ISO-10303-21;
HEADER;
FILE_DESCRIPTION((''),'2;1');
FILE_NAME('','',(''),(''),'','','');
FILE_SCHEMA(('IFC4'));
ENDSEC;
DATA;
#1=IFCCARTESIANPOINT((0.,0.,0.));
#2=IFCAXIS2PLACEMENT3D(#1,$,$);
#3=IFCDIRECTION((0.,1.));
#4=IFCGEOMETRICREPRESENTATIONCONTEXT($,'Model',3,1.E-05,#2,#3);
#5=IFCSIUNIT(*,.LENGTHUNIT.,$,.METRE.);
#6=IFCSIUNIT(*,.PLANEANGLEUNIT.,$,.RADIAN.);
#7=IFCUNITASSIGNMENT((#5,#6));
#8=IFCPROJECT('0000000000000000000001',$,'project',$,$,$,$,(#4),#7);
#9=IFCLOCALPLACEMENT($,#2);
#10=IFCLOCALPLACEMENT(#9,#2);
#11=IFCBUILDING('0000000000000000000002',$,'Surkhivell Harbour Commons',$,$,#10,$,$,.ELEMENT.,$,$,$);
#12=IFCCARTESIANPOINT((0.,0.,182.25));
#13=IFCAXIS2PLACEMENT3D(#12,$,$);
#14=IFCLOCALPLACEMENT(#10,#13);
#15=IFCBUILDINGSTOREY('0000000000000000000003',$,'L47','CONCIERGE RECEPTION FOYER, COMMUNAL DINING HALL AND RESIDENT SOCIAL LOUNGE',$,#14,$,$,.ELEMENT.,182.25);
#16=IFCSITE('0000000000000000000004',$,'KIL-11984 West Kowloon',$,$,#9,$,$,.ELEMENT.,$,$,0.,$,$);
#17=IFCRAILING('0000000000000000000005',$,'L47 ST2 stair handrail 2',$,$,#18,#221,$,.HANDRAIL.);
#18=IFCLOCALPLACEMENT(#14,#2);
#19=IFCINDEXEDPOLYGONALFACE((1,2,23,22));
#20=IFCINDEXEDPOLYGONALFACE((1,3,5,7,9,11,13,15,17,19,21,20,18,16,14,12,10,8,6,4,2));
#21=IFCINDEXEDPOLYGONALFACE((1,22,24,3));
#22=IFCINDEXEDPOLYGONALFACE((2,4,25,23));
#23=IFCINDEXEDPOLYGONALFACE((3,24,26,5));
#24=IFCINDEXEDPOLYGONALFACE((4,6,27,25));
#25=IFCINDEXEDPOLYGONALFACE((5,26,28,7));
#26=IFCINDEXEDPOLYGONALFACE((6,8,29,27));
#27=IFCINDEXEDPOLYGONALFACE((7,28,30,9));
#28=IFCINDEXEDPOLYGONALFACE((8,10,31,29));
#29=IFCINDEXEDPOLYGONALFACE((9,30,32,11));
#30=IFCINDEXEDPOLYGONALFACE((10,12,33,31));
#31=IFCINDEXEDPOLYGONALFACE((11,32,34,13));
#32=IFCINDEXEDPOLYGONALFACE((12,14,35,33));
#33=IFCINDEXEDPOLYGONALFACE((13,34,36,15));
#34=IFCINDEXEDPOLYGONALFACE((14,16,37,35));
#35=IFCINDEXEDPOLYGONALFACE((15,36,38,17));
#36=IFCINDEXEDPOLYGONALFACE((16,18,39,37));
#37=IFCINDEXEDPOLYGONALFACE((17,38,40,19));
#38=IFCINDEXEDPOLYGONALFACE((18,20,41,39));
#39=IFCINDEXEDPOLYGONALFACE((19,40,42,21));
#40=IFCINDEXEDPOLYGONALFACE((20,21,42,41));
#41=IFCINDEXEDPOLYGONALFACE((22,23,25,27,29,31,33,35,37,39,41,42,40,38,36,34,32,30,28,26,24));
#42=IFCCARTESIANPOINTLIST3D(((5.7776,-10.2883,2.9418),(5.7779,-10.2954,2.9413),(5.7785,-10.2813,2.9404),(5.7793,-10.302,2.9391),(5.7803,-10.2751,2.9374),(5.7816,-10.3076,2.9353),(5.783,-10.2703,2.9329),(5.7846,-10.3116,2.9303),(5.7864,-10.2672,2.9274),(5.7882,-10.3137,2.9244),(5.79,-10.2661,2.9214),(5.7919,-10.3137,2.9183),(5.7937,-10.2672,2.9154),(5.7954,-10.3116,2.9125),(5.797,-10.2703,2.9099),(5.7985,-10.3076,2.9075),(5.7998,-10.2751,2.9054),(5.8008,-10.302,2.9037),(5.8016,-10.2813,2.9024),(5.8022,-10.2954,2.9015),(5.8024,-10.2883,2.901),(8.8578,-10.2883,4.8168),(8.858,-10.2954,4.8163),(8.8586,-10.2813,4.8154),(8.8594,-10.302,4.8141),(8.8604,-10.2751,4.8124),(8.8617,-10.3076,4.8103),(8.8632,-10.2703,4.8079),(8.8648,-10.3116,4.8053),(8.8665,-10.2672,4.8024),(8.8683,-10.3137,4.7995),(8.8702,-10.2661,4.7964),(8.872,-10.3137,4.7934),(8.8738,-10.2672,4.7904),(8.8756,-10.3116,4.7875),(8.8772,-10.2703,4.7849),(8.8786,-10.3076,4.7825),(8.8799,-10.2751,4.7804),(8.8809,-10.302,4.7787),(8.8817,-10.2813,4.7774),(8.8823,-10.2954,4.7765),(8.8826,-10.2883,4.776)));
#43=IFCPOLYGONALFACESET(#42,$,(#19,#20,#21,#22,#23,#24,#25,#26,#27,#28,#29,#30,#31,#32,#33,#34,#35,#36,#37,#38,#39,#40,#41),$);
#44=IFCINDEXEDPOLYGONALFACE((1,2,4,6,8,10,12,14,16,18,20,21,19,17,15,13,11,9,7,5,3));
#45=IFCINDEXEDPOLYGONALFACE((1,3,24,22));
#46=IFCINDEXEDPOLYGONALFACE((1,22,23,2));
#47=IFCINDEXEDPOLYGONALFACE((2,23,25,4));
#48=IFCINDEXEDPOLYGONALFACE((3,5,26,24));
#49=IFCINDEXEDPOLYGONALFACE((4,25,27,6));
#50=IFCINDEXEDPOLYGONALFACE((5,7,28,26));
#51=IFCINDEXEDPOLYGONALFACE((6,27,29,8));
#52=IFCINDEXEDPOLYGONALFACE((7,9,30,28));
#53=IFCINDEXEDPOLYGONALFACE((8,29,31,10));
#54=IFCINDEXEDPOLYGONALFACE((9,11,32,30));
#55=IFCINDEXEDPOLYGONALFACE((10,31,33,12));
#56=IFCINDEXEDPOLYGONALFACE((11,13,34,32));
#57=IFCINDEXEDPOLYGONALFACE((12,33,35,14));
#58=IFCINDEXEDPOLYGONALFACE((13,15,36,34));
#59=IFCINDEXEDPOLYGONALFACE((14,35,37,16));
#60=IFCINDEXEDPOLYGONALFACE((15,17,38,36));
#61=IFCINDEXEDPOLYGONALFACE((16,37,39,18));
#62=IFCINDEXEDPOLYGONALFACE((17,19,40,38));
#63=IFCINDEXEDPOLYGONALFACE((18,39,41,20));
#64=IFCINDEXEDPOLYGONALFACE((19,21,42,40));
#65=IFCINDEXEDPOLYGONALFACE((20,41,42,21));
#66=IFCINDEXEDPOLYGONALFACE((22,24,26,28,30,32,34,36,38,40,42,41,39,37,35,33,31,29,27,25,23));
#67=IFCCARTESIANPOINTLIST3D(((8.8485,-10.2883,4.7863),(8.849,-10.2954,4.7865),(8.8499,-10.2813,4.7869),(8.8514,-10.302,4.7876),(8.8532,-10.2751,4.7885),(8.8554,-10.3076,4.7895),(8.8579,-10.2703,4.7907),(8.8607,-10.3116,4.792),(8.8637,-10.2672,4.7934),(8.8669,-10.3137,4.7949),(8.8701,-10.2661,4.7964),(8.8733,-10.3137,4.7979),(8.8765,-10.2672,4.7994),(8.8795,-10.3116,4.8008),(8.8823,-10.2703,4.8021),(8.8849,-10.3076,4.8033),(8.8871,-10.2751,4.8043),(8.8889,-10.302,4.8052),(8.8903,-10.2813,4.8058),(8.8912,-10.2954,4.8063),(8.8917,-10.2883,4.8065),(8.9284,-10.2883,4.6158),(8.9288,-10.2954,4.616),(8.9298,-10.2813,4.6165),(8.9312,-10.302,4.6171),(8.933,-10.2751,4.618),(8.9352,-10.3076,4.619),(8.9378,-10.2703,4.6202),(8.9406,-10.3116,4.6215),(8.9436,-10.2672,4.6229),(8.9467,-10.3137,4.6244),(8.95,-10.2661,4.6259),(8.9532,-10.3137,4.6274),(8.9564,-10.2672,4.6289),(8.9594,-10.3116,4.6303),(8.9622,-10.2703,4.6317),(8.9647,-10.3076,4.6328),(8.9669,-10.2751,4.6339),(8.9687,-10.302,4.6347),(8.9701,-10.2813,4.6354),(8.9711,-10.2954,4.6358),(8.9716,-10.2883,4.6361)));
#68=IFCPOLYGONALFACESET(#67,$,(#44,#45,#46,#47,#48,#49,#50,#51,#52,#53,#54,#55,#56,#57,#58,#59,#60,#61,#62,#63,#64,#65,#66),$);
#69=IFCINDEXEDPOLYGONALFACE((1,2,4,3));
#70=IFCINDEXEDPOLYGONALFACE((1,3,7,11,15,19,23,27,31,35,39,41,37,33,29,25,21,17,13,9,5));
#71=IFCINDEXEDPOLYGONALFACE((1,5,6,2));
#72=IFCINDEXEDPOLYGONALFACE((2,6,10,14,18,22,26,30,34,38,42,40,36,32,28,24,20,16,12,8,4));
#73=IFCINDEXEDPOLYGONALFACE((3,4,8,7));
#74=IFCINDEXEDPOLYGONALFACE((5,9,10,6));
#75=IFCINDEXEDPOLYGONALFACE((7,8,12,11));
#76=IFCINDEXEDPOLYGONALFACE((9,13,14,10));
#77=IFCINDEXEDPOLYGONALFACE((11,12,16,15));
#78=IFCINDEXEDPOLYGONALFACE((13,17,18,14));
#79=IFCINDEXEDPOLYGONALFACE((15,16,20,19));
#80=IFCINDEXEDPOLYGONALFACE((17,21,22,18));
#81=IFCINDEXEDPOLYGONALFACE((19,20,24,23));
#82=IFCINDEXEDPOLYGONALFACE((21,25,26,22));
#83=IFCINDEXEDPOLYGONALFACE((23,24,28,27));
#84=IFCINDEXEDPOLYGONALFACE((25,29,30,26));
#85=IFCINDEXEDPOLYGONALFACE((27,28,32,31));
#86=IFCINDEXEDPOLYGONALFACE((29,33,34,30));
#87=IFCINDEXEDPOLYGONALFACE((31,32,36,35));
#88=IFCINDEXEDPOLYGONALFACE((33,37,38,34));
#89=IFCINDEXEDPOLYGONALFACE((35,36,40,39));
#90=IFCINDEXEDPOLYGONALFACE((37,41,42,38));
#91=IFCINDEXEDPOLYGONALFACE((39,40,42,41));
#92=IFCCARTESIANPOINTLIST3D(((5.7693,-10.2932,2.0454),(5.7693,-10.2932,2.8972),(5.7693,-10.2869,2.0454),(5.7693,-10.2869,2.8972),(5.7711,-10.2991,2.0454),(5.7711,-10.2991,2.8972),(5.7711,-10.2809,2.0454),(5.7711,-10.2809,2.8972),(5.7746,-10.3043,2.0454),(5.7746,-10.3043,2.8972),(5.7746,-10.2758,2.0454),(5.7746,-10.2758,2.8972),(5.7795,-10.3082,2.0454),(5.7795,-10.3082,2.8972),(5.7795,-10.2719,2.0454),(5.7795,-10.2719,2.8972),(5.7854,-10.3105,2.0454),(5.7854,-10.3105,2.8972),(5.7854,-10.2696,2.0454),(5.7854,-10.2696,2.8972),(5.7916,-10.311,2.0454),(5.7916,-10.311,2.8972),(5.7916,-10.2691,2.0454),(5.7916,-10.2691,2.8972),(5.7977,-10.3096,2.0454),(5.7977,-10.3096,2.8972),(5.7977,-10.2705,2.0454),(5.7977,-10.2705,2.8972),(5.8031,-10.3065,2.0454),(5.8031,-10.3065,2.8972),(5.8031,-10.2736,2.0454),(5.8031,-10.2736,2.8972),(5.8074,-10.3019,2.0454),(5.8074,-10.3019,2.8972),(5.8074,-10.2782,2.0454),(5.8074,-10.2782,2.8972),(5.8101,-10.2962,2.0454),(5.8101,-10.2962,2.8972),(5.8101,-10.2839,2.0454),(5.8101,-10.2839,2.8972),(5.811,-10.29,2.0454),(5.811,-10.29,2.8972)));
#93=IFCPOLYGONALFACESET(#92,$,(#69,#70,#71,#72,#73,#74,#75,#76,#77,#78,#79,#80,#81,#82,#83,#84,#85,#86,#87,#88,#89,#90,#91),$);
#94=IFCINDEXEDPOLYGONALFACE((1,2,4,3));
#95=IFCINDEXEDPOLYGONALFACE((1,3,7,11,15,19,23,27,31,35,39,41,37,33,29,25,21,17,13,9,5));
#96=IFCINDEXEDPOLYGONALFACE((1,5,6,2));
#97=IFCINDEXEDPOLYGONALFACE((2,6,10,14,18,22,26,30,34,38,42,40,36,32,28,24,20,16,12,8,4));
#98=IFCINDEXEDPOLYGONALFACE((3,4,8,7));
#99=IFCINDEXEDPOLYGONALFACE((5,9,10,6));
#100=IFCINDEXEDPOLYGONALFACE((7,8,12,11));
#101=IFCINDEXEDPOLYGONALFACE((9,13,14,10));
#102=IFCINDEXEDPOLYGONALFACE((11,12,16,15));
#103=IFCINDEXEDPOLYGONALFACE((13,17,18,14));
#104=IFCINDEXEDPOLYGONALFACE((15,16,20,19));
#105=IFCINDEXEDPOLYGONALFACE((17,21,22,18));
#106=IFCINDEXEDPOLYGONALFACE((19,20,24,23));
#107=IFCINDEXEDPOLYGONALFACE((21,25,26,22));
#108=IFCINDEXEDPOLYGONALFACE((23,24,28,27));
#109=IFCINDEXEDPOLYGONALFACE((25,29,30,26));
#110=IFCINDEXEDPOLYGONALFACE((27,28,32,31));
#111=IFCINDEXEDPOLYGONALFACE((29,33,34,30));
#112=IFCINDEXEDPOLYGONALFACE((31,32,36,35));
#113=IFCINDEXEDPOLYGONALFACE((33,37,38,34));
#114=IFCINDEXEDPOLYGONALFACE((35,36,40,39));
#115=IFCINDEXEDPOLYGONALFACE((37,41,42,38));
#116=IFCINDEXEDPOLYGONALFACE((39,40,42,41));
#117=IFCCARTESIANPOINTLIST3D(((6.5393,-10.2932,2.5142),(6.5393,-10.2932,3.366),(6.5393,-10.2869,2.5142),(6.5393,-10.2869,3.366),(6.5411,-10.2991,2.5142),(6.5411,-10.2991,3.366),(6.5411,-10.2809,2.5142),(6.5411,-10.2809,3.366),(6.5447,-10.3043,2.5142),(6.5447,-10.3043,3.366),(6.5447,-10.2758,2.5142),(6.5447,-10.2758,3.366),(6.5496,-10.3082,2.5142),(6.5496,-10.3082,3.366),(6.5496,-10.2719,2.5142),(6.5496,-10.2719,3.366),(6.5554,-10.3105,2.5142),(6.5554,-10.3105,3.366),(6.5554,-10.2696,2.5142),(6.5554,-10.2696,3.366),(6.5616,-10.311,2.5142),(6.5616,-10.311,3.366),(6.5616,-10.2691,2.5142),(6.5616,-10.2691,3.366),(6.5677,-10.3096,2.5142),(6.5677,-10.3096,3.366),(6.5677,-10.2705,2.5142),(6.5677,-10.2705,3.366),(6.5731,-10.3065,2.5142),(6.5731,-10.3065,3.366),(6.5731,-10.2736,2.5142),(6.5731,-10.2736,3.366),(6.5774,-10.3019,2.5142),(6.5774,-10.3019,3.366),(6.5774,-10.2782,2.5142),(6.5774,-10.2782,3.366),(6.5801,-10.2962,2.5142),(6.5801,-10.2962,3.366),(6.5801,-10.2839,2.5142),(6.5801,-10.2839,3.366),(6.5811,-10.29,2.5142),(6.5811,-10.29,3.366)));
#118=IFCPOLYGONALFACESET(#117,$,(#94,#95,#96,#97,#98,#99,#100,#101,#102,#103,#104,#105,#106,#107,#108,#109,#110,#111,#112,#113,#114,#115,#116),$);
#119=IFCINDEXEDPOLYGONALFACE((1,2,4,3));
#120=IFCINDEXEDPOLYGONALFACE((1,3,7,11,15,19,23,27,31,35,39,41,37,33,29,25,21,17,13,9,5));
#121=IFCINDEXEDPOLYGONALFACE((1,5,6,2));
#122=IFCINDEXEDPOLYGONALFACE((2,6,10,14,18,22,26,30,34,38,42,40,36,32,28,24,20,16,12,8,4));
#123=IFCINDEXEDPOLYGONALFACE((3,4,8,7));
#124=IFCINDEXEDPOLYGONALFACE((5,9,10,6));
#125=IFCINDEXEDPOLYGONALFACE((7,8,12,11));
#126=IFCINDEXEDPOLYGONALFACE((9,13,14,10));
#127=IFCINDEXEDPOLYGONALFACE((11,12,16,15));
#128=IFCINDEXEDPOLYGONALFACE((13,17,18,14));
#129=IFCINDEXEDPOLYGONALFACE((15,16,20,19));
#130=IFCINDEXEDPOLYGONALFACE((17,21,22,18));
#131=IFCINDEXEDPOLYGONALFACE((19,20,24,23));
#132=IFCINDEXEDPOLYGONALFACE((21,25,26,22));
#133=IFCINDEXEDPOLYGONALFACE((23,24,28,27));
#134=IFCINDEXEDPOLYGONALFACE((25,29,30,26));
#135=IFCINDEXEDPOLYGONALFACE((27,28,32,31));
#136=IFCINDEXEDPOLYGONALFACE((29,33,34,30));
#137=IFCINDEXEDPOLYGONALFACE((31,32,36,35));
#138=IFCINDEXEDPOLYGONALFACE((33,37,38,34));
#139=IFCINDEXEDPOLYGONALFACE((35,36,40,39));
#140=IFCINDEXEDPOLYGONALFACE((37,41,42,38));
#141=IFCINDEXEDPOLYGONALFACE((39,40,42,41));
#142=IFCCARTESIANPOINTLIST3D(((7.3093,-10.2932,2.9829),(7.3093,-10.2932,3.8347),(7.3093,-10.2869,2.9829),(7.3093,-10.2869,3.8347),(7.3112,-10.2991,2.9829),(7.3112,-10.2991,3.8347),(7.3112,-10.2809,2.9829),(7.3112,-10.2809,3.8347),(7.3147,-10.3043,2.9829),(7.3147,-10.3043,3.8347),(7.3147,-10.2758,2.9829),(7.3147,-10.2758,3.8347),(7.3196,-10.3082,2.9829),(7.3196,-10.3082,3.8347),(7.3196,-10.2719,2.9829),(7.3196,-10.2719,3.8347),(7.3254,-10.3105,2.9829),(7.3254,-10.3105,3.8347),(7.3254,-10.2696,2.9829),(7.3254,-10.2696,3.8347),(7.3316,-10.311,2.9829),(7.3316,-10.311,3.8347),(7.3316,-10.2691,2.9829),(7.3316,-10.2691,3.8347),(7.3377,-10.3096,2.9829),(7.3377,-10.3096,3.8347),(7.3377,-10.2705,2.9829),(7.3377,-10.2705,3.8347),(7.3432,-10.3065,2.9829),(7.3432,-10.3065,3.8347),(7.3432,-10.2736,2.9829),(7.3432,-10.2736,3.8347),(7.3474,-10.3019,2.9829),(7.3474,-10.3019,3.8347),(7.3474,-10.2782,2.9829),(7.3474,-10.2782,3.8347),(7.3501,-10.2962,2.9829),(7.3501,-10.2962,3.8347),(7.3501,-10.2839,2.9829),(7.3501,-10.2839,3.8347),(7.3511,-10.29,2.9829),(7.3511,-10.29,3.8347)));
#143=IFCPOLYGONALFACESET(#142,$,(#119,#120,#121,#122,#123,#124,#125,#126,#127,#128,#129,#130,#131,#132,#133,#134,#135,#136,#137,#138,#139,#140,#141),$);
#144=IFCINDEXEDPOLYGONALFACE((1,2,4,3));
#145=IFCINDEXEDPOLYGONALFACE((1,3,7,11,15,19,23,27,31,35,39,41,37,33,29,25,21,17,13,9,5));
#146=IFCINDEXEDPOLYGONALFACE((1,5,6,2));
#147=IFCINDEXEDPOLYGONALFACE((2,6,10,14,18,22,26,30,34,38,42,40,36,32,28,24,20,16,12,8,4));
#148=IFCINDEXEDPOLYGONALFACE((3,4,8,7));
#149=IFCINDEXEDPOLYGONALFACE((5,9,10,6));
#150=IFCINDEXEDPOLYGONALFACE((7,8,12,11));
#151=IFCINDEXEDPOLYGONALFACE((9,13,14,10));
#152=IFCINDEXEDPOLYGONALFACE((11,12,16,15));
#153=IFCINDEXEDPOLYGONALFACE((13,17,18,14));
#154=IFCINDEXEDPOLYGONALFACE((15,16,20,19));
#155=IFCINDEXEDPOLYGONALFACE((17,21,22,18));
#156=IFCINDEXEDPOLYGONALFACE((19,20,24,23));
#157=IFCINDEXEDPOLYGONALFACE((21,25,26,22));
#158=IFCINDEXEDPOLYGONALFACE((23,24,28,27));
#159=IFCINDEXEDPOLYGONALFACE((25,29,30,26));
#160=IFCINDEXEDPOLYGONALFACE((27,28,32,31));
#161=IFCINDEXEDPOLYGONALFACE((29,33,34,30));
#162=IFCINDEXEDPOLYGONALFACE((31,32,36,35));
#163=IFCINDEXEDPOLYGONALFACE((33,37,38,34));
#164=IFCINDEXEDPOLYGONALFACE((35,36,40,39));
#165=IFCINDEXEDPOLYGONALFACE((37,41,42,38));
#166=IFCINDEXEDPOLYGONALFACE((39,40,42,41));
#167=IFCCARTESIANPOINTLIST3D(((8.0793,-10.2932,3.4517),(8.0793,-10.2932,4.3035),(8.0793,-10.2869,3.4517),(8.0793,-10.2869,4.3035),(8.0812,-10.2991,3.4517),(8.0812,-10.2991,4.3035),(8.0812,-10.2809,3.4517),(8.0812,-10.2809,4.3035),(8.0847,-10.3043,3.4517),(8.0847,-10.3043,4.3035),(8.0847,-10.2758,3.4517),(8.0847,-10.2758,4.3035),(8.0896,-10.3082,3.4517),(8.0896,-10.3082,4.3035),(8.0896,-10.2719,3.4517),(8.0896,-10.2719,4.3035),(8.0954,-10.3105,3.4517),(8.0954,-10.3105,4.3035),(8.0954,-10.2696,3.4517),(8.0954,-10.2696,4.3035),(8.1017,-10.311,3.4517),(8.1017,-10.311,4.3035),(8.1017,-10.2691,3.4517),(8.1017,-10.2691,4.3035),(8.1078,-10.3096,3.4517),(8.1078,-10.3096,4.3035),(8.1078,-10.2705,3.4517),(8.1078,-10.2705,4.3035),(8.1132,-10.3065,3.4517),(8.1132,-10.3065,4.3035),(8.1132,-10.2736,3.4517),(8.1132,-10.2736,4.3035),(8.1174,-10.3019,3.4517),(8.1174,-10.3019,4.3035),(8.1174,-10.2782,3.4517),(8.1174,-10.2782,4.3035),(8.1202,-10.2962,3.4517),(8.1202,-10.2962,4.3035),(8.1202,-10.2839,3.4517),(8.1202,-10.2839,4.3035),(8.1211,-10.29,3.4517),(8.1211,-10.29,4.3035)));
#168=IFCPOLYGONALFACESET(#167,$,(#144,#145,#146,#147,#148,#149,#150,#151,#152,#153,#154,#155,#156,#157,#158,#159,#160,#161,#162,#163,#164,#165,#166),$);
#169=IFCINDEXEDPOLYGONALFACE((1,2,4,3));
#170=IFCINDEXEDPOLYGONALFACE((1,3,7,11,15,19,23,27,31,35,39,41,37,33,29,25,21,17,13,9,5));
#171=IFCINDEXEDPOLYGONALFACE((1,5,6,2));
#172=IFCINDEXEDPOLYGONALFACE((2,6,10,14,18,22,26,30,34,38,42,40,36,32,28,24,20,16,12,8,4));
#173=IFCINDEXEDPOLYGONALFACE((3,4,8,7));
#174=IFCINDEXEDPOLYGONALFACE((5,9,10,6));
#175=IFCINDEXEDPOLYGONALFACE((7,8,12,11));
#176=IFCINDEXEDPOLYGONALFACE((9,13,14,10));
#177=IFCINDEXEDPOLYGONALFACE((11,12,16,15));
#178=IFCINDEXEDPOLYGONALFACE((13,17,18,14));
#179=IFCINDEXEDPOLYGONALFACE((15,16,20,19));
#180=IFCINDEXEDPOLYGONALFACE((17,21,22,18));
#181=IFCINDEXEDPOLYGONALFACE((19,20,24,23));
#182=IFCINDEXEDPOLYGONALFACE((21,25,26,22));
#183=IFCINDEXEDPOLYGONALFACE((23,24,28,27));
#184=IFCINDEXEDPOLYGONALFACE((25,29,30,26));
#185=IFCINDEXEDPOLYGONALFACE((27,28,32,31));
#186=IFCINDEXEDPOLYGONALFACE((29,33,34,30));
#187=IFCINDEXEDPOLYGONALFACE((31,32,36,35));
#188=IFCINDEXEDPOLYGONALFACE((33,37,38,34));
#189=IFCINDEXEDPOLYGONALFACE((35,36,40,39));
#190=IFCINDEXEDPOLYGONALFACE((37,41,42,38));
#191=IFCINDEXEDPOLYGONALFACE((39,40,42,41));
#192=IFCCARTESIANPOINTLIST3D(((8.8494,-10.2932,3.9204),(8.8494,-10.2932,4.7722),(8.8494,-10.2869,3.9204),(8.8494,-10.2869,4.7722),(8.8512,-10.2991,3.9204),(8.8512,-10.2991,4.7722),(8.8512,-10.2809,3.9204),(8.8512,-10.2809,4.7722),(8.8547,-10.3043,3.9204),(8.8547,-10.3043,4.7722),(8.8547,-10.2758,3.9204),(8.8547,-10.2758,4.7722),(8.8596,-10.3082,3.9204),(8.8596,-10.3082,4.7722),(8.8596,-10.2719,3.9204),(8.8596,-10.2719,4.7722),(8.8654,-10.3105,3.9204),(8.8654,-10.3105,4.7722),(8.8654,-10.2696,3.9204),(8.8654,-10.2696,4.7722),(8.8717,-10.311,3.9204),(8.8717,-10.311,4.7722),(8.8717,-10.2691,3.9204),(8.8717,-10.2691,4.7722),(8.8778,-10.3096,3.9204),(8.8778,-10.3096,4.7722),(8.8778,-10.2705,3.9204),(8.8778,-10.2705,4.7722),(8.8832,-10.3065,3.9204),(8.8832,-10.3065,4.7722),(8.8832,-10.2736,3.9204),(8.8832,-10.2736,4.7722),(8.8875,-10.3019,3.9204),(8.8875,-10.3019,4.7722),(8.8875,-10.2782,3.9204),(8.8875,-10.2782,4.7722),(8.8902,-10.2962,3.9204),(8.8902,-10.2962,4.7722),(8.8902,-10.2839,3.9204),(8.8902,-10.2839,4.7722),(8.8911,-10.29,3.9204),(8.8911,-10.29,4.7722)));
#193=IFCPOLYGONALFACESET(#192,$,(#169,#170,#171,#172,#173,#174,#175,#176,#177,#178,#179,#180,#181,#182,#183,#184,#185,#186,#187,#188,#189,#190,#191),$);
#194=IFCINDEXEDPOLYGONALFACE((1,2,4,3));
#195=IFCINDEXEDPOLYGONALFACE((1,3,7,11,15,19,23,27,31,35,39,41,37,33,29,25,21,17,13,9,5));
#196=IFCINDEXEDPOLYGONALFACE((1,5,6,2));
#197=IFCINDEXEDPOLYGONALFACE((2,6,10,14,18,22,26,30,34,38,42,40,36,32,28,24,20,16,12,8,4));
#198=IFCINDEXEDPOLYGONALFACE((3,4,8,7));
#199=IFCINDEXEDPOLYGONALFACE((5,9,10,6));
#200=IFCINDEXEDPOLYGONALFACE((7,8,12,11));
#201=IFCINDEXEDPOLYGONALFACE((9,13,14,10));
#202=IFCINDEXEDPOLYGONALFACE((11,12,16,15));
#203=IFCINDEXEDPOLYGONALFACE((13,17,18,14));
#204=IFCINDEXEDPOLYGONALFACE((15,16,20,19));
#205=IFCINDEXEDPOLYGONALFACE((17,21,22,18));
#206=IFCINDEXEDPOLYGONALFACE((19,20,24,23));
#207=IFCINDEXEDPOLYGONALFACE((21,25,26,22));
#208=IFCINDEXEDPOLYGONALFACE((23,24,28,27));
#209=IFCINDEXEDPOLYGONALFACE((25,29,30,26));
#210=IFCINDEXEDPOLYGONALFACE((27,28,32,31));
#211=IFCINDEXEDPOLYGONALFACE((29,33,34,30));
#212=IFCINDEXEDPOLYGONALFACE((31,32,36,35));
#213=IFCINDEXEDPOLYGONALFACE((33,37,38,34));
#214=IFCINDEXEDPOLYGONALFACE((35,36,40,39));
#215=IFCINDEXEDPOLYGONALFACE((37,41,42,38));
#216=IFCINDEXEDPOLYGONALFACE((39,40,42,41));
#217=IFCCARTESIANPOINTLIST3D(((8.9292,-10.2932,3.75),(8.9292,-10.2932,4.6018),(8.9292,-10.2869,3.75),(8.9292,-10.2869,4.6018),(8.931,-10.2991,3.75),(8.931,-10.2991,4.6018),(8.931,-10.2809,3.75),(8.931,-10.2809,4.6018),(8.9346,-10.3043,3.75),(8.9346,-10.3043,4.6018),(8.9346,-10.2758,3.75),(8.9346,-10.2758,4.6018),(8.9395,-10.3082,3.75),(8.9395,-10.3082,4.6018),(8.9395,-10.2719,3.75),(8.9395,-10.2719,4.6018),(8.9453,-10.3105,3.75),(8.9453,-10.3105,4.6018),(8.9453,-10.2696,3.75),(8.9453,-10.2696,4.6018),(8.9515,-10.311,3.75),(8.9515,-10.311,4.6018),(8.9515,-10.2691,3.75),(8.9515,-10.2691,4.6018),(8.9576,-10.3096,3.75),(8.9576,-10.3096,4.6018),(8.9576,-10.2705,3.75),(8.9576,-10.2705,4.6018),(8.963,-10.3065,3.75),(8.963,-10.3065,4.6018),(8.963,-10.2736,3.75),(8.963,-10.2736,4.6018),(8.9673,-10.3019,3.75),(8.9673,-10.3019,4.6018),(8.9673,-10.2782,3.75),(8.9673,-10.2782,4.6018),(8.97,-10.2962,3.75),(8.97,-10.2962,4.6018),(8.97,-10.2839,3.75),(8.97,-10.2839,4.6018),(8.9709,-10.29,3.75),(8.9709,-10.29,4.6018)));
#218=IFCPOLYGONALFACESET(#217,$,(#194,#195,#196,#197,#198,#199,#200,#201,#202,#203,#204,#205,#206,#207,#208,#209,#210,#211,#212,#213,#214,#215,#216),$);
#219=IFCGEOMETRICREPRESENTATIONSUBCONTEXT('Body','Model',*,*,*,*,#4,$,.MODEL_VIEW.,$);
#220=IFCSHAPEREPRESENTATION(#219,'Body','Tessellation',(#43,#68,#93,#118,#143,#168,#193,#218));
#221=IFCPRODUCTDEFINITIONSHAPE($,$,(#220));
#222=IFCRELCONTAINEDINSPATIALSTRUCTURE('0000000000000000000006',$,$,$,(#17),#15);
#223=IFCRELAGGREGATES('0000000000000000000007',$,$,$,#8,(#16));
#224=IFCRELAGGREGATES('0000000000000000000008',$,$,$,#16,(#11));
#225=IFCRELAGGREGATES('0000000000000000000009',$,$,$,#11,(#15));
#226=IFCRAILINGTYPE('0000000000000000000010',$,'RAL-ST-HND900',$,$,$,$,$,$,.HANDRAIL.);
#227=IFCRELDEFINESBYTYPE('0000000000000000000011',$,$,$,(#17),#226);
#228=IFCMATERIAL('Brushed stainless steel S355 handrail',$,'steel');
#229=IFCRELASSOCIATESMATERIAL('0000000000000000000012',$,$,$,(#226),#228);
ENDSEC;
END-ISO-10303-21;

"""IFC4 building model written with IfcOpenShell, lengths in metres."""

from ifc_helpers import new_model, si_unit, direction, frame, origin, origin_2d, place, context, subcontext, project, spatial, circle, extrude, material, type_object, element, save


model = new_model("IFC4")

# Units and contexts
model_context = context("Model", 3, precision=1e-05, world=origin(), true_north=direction((0.0, 1.0)))
body_context = subcontext(model_context, "Body", "Model", "MODEL_VIEW")
ifc_project = project(units=[si_unit("LENGTHUNIT", "METRE"), si_unit("PLANEANGLEUNIT", "RADIAN")], contexts=[model_context])

# Site, building, storey
site_placement = place(None, origin())
site = spatial("IfcSite", under=ifc_project, at=site_placement, Name="KIL-11984 West Kowloon", CompositionType="ELEMENT", RefElevation=0.0)
building_placement = place(site_placement, origin())
building = spatial("IfcBuilding", under=site, at=building_placement, Name="Surkhivell Harbour Commons", CompositionType="ELEMENT")
storey_placement = place(building_placement, frame((0.0, 0.0, 182.25)))
storey = spatial("IfcBuildingStorey", under=building, at=storey_placement, Name="L47", Description="CONCIERGE RECEPTION FOYER, COMMUNAL DINING HALL AND RESIDENT SOCIAL LOUNGE", CompositionType="ELEMENT", Elevation=182.25)

# Railing
ifc_material_1 = material(Name="Brushed stainless steel S355 handrail", Category="steel")
railing_type_1 = type_object("IfcRailingType", Name="RAL-ST-HND900", PredefinedType="HANDRAIL", material=ifc_material_1)
railing_1_placement = place(storey_placement, frame((5.79, -10.29, 2.0454)))
element("IfcRailing", 1, at=railing_1_placement, inside=storey, type_object=railing_type_1, Name="L47 ST2 stair handrail 2", PredefinedType="HANDRAIL", context=body_context, shape_type="SweptSolid", body=[
    extrude(circle(Radius=0.0239, at=origin_2d()), frame((0.0, 0.0, 0.876), z_axis=(0.854178, 0.0, 0.519981), x_axis=(0.0, 1.0, 0.0)), (0.0, 0.0, 1.0), 3.606),
    extrude(circle(Radius=0.0239, at=origin_2d()), frame((3.0801, 0.0, 2.751), z_axis=(0.424234, 0.0, -0.905552), x_axis=(0.0, 1.0, 0.0)), (0.0, 0.0, 1.0), 0.1882),
    extrude(circle(Radius=0.021, at=origin_2d()), origin(), (0.0, 0.0, 1.0), 0.8518),
    extrude(circle(Radius=0.021, at=origin_2d()), frame((0.77, 0.0, 0.4688)), (0.0, 0.0, 1.0), 0.8518),
    extrude(circle(Radius=0.021, at=origin_2d()), frame((1.54, 0.0, 0.9375)), (0.0, 0.0, 1.0), 0.8518),
    extrude(circle(Radius=0.021, at=origin_2d()), frame((2.3101, 0.0, 1.4062)), (0.0, 0.0, 1.0), 0.8518),
    extrude(circle(Radius=0.021, at=origin_2d()), frame((3.0801, 0.0, 1.875)), (0.0, 0.0, 1.0), 0.8518),
    extrude(circle(Radius=0.021, at=origin_2d()), frame((3.1599, 0.0, 1.7046)), (0.0, 0.0, 1.0), 0.8518),
])

save(model, "model.ifc")
